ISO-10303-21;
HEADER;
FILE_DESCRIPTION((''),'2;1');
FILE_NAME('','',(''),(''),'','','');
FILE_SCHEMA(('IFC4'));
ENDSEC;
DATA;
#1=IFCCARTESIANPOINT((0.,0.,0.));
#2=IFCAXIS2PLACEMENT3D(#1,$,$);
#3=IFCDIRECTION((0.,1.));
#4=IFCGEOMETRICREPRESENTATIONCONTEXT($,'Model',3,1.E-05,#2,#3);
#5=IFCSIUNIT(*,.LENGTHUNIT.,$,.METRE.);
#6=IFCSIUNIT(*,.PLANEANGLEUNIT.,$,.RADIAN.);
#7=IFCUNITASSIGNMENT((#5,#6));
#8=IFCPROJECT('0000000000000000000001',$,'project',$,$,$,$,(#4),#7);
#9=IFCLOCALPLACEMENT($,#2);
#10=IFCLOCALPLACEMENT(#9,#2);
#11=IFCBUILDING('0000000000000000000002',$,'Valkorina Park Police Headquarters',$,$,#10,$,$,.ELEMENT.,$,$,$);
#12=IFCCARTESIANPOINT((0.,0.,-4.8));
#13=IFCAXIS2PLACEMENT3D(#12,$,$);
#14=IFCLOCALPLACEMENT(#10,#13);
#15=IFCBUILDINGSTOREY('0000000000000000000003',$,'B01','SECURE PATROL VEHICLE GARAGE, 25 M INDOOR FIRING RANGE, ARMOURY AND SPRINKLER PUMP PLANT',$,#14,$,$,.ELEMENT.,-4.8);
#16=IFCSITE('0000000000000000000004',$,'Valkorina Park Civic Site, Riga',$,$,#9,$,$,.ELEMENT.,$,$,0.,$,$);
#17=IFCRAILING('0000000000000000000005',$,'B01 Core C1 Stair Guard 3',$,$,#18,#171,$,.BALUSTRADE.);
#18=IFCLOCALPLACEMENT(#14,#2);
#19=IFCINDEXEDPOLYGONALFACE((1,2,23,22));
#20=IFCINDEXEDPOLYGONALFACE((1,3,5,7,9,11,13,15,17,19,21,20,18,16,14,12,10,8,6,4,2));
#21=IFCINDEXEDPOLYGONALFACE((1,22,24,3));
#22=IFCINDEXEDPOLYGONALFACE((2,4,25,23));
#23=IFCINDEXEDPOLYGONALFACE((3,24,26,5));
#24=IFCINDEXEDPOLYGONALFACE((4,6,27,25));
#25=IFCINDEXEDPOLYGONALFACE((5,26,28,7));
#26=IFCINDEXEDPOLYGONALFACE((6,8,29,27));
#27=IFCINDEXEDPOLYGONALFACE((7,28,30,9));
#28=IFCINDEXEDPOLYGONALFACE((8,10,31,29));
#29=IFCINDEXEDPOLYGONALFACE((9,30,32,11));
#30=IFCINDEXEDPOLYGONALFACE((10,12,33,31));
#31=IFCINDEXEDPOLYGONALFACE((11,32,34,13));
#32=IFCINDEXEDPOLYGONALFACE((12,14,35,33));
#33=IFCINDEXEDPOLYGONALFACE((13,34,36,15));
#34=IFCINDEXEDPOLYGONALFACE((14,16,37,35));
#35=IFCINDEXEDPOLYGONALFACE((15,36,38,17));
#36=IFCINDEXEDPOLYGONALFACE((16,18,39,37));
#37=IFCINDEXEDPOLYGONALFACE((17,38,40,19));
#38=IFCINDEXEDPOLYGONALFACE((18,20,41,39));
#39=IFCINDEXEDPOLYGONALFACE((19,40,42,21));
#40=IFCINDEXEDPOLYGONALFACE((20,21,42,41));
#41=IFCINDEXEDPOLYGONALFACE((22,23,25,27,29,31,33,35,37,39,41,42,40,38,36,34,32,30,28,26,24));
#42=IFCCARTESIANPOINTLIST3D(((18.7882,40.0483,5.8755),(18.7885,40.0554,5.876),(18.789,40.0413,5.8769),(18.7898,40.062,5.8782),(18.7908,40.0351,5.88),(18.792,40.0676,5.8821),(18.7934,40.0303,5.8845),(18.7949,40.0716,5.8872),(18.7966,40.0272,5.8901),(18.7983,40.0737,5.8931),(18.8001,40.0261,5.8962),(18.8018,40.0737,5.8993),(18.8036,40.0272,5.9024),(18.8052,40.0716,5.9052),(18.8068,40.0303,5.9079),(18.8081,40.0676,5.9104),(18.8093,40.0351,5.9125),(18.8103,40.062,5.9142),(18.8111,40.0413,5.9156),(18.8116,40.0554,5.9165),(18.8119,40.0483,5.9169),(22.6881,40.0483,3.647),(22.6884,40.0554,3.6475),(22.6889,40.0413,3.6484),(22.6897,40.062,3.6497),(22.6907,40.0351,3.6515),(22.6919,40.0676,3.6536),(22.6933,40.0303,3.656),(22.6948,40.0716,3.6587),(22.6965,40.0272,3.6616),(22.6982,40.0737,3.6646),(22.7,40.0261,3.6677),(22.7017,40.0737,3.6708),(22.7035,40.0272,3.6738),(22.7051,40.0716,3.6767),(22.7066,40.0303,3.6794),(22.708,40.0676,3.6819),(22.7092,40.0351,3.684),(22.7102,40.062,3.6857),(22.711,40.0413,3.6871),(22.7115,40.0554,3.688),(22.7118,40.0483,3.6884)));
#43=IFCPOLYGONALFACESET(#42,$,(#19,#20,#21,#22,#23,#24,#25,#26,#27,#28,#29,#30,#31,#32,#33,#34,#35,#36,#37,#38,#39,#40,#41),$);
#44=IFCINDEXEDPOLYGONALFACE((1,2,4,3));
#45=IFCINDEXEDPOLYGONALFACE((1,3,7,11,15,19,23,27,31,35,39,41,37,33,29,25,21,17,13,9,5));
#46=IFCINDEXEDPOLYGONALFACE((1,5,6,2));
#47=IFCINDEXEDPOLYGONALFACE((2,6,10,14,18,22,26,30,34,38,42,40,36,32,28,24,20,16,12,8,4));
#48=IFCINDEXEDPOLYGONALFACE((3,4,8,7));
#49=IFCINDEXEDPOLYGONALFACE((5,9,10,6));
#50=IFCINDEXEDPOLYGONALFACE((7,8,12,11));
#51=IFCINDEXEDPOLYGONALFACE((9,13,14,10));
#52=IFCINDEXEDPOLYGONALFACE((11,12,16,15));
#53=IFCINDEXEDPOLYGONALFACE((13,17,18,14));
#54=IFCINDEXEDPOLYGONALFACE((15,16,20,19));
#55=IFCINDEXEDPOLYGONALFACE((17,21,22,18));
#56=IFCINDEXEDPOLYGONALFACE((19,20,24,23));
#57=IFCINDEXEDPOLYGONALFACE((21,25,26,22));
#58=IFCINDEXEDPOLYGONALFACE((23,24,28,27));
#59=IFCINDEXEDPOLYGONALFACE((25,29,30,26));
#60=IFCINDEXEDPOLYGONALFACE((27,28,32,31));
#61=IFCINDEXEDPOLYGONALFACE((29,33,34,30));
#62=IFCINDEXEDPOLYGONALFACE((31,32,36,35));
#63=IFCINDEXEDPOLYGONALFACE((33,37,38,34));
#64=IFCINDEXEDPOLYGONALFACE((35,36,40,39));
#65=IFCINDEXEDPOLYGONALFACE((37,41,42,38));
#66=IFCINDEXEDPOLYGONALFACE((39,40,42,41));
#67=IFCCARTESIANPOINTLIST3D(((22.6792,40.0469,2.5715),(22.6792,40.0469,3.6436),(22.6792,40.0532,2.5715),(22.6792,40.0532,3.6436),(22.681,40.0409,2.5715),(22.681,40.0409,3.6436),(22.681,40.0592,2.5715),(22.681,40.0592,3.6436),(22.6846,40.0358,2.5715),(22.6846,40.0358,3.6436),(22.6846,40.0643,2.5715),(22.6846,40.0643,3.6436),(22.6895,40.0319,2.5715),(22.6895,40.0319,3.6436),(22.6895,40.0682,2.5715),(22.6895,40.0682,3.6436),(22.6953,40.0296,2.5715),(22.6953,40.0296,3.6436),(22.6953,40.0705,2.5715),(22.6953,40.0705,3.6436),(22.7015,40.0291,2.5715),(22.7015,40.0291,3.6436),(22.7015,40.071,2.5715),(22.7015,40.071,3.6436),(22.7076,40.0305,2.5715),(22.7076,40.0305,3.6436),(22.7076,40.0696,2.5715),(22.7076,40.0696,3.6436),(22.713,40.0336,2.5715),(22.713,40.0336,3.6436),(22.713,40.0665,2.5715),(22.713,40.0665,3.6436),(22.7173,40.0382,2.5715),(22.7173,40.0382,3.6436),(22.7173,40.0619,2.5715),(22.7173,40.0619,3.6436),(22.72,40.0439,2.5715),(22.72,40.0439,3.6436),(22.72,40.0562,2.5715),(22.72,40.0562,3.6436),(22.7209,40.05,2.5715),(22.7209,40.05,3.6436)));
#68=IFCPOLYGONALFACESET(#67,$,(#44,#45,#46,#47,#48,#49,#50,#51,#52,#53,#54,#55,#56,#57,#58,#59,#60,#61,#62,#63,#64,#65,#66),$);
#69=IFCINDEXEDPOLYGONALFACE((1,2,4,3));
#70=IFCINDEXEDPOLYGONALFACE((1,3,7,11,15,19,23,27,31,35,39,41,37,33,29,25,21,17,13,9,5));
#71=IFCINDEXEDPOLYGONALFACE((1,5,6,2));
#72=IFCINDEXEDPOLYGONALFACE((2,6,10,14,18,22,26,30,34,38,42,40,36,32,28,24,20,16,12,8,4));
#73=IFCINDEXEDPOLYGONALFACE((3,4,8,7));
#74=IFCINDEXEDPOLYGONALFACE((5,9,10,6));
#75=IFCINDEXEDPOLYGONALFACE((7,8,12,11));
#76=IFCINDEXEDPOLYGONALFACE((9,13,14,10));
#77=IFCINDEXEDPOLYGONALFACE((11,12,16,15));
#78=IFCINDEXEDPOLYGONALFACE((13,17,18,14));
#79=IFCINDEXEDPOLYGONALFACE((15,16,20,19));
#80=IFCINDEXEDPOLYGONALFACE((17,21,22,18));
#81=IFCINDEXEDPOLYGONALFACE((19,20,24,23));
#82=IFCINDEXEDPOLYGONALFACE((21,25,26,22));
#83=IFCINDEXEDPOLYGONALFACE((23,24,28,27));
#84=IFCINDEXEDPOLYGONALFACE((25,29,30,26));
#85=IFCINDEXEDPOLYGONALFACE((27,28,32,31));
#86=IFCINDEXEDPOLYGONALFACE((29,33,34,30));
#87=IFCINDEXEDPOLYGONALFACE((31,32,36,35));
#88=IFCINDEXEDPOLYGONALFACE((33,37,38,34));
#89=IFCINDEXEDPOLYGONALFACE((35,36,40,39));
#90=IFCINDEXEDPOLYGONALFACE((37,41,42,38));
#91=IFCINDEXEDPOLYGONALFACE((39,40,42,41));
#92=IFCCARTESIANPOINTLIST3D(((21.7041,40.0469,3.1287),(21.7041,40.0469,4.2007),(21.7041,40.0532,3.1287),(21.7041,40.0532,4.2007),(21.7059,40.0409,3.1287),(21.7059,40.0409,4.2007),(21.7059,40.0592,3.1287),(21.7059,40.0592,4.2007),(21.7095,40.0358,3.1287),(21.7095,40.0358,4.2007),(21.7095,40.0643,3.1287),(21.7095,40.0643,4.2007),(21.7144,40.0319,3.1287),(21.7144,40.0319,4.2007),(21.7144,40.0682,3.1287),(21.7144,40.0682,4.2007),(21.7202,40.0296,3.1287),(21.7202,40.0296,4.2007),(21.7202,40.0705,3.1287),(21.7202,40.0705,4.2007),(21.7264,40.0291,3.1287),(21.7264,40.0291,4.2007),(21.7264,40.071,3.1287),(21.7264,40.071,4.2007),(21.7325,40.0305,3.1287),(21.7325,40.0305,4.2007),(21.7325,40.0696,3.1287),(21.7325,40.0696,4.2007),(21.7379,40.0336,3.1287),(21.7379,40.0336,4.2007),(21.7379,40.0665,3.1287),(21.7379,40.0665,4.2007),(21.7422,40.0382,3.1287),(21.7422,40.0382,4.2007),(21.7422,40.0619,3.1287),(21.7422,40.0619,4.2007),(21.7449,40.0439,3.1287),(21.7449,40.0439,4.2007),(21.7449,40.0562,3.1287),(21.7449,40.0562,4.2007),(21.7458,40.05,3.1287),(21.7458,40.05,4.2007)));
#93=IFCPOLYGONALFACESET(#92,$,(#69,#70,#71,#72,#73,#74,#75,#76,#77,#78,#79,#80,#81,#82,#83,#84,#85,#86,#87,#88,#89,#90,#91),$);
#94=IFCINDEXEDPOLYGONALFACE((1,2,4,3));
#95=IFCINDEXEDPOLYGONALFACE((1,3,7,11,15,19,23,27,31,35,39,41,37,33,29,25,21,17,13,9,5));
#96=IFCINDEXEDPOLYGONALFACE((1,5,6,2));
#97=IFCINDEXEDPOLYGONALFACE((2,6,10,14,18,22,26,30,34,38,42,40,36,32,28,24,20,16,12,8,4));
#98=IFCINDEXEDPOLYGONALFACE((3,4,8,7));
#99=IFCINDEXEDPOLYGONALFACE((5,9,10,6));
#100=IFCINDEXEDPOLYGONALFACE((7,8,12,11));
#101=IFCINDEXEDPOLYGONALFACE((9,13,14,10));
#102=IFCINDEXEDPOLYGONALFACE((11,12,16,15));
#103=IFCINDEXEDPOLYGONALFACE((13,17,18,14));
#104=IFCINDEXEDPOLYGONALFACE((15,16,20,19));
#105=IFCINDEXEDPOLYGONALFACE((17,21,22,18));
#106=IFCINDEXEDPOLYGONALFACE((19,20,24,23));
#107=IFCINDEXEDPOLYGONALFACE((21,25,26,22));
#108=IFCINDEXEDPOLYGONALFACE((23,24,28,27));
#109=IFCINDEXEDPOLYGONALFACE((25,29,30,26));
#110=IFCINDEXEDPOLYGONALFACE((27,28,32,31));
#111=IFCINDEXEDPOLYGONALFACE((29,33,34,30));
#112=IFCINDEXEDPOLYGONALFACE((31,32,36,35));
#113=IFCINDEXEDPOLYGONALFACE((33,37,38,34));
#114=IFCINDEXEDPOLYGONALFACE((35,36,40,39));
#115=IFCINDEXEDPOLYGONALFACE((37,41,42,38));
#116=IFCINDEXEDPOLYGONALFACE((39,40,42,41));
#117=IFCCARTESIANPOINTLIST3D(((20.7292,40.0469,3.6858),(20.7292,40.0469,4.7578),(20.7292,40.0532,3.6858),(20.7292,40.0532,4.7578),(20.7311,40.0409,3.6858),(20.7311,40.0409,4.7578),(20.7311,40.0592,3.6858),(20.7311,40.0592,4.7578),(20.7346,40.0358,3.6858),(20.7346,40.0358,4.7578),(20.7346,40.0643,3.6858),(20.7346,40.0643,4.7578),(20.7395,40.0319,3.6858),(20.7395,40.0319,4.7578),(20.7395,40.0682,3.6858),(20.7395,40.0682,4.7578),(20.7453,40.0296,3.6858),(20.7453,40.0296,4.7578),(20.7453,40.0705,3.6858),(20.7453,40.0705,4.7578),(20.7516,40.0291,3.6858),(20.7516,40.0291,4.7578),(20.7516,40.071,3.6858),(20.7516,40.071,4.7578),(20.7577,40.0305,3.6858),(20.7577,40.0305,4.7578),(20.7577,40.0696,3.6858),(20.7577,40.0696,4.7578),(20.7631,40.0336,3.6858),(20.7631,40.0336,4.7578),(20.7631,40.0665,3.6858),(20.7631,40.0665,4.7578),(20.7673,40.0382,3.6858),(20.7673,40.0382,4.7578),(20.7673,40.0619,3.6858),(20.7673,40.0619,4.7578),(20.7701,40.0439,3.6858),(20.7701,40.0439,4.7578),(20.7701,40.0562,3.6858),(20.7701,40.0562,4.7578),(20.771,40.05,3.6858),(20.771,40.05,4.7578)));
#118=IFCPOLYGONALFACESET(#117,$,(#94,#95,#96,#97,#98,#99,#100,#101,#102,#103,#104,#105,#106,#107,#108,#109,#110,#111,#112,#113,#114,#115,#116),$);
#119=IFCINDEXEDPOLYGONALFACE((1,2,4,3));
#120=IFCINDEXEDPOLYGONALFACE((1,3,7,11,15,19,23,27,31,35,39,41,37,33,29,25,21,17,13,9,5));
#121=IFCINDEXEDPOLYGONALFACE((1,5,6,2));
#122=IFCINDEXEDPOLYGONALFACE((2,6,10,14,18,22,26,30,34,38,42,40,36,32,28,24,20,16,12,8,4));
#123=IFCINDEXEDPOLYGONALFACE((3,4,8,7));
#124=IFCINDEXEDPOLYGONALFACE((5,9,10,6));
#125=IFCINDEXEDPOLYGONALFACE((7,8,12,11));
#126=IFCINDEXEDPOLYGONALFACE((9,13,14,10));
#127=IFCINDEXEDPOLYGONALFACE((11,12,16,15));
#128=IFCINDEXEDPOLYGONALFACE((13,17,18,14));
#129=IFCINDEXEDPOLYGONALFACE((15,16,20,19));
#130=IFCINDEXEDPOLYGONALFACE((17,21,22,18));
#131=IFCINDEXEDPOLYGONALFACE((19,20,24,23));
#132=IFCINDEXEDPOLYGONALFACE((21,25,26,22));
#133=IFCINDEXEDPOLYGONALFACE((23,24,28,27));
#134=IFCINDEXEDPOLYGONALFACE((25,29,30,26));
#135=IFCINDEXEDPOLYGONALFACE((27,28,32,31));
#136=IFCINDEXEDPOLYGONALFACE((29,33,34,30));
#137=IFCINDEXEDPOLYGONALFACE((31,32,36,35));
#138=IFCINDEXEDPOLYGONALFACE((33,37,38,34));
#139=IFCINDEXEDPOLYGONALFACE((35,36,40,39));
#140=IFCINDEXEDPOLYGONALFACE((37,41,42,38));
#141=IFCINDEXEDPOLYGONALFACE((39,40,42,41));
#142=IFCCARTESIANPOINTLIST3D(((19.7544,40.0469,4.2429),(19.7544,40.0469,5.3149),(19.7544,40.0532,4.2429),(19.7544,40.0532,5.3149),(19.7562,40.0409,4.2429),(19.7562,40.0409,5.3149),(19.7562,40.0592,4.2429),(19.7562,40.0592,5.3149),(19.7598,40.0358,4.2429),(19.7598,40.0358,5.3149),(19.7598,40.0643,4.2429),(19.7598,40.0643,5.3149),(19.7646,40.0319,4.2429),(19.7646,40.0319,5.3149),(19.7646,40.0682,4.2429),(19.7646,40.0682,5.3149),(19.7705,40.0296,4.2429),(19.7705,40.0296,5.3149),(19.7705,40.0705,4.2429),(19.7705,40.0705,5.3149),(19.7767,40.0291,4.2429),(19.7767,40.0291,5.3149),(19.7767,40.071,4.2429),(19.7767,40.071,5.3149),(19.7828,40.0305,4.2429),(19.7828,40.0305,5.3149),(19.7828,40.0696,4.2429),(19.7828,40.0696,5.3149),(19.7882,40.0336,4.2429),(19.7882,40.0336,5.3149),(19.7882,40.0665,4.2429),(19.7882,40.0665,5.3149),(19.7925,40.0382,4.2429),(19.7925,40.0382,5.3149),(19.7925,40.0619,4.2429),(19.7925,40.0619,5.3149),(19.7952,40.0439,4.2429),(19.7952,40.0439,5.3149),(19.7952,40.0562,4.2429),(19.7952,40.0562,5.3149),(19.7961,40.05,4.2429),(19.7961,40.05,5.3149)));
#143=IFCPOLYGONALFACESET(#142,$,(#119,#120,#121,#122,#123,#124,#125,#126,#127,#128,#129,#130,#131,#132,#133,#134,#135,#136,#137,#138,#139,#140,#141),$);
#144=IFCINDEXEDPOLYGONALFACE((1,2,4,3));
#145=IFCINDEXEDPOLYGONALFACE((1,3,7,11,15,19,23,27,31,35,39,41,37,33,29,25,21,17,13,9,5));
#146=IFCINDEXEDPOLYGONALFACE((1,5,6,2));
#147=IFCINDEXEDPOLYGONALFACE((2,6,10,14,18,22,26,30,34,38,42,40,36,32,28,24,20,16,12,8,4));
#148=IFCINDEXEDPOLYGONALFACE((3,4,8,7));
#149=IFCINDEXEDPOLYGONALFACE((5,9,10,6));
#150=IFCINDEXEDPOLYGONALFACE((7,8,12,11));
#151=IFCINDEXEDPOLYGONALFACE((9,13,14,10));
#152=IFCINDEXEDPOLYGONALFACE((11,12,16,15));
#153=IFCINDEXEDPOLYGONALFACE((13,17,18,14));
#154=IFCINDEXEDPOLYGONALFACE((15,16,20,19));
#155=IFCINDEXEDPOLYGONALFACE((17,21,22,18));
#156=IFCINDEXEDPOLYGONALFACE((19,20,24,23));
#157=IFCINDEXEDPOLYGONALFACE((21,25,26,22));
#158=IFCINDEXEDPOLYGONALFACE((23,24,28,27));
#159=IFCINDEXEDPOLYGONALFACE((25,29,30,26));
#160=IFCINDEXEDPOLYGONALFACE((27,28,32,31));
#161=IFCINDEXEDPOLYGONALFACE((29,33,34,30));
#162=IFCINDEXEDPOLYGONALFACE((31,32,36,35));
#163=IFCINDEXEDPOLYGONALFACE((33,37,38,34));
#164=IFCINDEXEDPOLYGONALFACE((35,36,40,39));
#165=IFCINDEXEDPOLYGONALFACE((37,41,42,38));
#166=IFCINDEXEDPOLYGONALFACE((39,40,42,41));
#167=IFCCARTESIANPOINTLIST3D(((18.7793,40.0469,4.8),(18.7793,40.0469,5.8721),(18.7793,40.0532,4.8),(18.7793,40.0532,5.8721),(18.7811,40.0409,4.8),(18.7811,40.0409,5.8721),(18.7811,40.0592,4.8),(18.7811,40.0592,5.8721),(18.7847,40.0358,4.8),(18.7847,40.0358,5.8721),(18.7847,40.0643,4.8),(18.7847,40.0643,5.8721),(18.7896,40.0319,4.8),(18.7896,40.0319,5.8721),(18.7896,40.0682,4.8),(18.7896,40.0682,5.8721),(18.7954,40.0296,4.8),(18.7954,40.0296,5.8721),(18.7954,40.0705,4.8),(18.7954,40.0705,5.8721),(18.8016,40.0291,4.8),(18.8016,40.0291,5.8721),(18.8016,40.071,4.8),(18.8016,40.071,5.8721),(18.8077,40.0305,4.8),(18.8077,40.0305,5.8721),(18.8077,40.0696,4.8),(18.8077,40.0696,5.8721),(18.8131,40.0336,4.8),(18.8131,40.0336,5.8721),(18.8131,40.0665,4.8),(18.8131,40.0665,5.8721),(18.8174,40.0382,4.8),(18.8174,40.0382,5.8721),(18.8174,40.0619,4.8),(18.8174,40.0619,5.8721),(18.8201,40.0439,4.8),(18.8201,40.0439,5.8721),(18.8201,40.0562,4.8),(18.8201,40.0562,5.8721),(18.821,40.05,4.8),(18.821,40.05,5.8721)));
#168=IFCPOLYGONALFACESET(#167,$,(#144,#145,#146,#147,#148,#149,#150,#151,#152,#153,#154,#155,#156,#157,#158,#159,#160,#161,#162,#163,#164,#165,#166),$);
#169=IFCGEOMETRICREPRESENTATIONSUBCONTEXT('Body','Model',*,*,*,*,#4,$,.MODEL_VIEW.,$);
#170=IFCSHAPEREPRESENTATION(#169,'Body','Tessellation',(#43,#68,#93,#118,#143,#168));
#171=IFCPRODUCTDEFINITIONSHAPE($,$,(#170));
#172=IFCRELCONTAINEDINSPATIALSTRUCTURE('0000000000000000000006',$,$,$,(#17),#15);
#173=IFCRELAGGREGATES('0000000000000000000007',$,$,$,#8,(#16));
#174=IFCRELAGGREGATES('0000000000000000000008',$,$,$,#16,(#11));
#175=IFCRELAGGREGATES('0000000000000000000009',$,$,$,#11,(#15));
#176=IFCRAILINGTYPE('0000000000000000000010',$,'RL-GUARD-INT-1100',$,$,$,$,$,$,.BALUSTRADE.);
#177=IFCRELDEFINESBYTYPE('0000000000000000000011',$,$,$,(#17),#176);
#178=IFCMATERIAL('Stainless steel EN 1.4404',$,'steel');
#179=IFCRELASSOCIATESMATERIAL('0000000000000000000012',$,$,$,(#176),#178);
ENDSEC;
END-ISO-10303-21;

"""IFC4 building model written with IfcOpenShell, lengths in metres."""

from ifc_helpers import new_model, si_unit, direction, frame, origin, origin_2d, place, context, subcontext, project, spatial, circle, extrude, material, type_object, element, save


model = new_model("IFC4")

# Units and contexts
model_context = context("Model", 3, precision=1e-05, world=origin(), true_north=direction((0.0, 1.0)))
body_context = subcontext(model_context, "Body", "Model", "MODEL_VIEW")
ifc_project = project(units=[si_unit("LENGTHUNIT", "METRE"), si_unit("PLANEANGLEUNIT", "RADIAN")], contexts=[model_context])

# Site, building, storey
site_placement = place(None, origin())
site = spatial("IfcSite", under=ifc_project, at=site_placement, Name="Valkorina Park Civic Site, Riga", CompositionType="ELEMENT", RefElevation=0.0)
building_placement = place(site_placement, origin())
building = spatial("IfcBuilding", under=site, at=building_placement, Name="Valkorina Park Police Headquarters", CompositionType="ELEMENT")
storey_placement = place(building_placement, frame((0.0, 0.0, -4.8)))
storey = spatial("IfcBuildingStorey", under=building, at=storey_placement, Name="B01", Description="SECURE PATROL VEHICLE GARAGE, 25 M INDOOR FIRING RANGE, ARMOURY AND SPRINKLER PUMP PLANT", CompositionType="ELEMENT", Elevation=-4.8)

# Shared definitions
ifc_material_1 = material(Name="Stainless steel EN 1.4404", Category="steel")

# Railing
railing_type_1 = type_object("IfcRailingType", Name="RL-GUARD-INT-1100", PredefinedType="BALUSTRADE", material=ifc_material_1)
railing_1_placement = place(storey_placement, frame((22.7, 40.05, 2.5715)))
element("IfcRailing", 1, at=railing_1_placement, inside=storey, type_object=railing_type_1, Name="B01 Core C1 Stair Guard 3", PredefinedType="BALUSTRADE", context=body_context, shape_type="SweptSolid", body=[
    extrude(circle(Radius=0.0239, at=origin_2d()), frame((0.0, 0.0, 1.0962), z_axis=(-0.868243, 0.0, 0.496139), x_axis=(0.0, -1.0, 0.0)), (0.0, 0.0, 1.0), 4.4917),
    extrude(circle(Radius=0.021, at=origin_2d()), origin(), (0.0, 0.0, 1.0), 1.072),
    extrude(circle(Radius=0.021, at=origin_2d()), frame((-0.9751, 0.0, 0.5571)), (0.0, 0.0, 1.0), 1.072),
    extrude(circle(Radius=0.021, at=origin_2d()), frame((-1.95, 0.0, 1.1143)), (0.0, 0.0, 1.0), 1.072),
    extrude(circle(Radius=0.021, at=origin_2d()), frame((-2.9248, 0.0, 1.6714)), (0.0, 0.0, 1.0), 1.072),
    extrude(circle(Radius=0.021, at=origin_2d()), frame((-3.8999, 0.0, 2.2285)), (0.0, 0.0, 1.0), 1.072),
])

save(model, "model.ifc")
